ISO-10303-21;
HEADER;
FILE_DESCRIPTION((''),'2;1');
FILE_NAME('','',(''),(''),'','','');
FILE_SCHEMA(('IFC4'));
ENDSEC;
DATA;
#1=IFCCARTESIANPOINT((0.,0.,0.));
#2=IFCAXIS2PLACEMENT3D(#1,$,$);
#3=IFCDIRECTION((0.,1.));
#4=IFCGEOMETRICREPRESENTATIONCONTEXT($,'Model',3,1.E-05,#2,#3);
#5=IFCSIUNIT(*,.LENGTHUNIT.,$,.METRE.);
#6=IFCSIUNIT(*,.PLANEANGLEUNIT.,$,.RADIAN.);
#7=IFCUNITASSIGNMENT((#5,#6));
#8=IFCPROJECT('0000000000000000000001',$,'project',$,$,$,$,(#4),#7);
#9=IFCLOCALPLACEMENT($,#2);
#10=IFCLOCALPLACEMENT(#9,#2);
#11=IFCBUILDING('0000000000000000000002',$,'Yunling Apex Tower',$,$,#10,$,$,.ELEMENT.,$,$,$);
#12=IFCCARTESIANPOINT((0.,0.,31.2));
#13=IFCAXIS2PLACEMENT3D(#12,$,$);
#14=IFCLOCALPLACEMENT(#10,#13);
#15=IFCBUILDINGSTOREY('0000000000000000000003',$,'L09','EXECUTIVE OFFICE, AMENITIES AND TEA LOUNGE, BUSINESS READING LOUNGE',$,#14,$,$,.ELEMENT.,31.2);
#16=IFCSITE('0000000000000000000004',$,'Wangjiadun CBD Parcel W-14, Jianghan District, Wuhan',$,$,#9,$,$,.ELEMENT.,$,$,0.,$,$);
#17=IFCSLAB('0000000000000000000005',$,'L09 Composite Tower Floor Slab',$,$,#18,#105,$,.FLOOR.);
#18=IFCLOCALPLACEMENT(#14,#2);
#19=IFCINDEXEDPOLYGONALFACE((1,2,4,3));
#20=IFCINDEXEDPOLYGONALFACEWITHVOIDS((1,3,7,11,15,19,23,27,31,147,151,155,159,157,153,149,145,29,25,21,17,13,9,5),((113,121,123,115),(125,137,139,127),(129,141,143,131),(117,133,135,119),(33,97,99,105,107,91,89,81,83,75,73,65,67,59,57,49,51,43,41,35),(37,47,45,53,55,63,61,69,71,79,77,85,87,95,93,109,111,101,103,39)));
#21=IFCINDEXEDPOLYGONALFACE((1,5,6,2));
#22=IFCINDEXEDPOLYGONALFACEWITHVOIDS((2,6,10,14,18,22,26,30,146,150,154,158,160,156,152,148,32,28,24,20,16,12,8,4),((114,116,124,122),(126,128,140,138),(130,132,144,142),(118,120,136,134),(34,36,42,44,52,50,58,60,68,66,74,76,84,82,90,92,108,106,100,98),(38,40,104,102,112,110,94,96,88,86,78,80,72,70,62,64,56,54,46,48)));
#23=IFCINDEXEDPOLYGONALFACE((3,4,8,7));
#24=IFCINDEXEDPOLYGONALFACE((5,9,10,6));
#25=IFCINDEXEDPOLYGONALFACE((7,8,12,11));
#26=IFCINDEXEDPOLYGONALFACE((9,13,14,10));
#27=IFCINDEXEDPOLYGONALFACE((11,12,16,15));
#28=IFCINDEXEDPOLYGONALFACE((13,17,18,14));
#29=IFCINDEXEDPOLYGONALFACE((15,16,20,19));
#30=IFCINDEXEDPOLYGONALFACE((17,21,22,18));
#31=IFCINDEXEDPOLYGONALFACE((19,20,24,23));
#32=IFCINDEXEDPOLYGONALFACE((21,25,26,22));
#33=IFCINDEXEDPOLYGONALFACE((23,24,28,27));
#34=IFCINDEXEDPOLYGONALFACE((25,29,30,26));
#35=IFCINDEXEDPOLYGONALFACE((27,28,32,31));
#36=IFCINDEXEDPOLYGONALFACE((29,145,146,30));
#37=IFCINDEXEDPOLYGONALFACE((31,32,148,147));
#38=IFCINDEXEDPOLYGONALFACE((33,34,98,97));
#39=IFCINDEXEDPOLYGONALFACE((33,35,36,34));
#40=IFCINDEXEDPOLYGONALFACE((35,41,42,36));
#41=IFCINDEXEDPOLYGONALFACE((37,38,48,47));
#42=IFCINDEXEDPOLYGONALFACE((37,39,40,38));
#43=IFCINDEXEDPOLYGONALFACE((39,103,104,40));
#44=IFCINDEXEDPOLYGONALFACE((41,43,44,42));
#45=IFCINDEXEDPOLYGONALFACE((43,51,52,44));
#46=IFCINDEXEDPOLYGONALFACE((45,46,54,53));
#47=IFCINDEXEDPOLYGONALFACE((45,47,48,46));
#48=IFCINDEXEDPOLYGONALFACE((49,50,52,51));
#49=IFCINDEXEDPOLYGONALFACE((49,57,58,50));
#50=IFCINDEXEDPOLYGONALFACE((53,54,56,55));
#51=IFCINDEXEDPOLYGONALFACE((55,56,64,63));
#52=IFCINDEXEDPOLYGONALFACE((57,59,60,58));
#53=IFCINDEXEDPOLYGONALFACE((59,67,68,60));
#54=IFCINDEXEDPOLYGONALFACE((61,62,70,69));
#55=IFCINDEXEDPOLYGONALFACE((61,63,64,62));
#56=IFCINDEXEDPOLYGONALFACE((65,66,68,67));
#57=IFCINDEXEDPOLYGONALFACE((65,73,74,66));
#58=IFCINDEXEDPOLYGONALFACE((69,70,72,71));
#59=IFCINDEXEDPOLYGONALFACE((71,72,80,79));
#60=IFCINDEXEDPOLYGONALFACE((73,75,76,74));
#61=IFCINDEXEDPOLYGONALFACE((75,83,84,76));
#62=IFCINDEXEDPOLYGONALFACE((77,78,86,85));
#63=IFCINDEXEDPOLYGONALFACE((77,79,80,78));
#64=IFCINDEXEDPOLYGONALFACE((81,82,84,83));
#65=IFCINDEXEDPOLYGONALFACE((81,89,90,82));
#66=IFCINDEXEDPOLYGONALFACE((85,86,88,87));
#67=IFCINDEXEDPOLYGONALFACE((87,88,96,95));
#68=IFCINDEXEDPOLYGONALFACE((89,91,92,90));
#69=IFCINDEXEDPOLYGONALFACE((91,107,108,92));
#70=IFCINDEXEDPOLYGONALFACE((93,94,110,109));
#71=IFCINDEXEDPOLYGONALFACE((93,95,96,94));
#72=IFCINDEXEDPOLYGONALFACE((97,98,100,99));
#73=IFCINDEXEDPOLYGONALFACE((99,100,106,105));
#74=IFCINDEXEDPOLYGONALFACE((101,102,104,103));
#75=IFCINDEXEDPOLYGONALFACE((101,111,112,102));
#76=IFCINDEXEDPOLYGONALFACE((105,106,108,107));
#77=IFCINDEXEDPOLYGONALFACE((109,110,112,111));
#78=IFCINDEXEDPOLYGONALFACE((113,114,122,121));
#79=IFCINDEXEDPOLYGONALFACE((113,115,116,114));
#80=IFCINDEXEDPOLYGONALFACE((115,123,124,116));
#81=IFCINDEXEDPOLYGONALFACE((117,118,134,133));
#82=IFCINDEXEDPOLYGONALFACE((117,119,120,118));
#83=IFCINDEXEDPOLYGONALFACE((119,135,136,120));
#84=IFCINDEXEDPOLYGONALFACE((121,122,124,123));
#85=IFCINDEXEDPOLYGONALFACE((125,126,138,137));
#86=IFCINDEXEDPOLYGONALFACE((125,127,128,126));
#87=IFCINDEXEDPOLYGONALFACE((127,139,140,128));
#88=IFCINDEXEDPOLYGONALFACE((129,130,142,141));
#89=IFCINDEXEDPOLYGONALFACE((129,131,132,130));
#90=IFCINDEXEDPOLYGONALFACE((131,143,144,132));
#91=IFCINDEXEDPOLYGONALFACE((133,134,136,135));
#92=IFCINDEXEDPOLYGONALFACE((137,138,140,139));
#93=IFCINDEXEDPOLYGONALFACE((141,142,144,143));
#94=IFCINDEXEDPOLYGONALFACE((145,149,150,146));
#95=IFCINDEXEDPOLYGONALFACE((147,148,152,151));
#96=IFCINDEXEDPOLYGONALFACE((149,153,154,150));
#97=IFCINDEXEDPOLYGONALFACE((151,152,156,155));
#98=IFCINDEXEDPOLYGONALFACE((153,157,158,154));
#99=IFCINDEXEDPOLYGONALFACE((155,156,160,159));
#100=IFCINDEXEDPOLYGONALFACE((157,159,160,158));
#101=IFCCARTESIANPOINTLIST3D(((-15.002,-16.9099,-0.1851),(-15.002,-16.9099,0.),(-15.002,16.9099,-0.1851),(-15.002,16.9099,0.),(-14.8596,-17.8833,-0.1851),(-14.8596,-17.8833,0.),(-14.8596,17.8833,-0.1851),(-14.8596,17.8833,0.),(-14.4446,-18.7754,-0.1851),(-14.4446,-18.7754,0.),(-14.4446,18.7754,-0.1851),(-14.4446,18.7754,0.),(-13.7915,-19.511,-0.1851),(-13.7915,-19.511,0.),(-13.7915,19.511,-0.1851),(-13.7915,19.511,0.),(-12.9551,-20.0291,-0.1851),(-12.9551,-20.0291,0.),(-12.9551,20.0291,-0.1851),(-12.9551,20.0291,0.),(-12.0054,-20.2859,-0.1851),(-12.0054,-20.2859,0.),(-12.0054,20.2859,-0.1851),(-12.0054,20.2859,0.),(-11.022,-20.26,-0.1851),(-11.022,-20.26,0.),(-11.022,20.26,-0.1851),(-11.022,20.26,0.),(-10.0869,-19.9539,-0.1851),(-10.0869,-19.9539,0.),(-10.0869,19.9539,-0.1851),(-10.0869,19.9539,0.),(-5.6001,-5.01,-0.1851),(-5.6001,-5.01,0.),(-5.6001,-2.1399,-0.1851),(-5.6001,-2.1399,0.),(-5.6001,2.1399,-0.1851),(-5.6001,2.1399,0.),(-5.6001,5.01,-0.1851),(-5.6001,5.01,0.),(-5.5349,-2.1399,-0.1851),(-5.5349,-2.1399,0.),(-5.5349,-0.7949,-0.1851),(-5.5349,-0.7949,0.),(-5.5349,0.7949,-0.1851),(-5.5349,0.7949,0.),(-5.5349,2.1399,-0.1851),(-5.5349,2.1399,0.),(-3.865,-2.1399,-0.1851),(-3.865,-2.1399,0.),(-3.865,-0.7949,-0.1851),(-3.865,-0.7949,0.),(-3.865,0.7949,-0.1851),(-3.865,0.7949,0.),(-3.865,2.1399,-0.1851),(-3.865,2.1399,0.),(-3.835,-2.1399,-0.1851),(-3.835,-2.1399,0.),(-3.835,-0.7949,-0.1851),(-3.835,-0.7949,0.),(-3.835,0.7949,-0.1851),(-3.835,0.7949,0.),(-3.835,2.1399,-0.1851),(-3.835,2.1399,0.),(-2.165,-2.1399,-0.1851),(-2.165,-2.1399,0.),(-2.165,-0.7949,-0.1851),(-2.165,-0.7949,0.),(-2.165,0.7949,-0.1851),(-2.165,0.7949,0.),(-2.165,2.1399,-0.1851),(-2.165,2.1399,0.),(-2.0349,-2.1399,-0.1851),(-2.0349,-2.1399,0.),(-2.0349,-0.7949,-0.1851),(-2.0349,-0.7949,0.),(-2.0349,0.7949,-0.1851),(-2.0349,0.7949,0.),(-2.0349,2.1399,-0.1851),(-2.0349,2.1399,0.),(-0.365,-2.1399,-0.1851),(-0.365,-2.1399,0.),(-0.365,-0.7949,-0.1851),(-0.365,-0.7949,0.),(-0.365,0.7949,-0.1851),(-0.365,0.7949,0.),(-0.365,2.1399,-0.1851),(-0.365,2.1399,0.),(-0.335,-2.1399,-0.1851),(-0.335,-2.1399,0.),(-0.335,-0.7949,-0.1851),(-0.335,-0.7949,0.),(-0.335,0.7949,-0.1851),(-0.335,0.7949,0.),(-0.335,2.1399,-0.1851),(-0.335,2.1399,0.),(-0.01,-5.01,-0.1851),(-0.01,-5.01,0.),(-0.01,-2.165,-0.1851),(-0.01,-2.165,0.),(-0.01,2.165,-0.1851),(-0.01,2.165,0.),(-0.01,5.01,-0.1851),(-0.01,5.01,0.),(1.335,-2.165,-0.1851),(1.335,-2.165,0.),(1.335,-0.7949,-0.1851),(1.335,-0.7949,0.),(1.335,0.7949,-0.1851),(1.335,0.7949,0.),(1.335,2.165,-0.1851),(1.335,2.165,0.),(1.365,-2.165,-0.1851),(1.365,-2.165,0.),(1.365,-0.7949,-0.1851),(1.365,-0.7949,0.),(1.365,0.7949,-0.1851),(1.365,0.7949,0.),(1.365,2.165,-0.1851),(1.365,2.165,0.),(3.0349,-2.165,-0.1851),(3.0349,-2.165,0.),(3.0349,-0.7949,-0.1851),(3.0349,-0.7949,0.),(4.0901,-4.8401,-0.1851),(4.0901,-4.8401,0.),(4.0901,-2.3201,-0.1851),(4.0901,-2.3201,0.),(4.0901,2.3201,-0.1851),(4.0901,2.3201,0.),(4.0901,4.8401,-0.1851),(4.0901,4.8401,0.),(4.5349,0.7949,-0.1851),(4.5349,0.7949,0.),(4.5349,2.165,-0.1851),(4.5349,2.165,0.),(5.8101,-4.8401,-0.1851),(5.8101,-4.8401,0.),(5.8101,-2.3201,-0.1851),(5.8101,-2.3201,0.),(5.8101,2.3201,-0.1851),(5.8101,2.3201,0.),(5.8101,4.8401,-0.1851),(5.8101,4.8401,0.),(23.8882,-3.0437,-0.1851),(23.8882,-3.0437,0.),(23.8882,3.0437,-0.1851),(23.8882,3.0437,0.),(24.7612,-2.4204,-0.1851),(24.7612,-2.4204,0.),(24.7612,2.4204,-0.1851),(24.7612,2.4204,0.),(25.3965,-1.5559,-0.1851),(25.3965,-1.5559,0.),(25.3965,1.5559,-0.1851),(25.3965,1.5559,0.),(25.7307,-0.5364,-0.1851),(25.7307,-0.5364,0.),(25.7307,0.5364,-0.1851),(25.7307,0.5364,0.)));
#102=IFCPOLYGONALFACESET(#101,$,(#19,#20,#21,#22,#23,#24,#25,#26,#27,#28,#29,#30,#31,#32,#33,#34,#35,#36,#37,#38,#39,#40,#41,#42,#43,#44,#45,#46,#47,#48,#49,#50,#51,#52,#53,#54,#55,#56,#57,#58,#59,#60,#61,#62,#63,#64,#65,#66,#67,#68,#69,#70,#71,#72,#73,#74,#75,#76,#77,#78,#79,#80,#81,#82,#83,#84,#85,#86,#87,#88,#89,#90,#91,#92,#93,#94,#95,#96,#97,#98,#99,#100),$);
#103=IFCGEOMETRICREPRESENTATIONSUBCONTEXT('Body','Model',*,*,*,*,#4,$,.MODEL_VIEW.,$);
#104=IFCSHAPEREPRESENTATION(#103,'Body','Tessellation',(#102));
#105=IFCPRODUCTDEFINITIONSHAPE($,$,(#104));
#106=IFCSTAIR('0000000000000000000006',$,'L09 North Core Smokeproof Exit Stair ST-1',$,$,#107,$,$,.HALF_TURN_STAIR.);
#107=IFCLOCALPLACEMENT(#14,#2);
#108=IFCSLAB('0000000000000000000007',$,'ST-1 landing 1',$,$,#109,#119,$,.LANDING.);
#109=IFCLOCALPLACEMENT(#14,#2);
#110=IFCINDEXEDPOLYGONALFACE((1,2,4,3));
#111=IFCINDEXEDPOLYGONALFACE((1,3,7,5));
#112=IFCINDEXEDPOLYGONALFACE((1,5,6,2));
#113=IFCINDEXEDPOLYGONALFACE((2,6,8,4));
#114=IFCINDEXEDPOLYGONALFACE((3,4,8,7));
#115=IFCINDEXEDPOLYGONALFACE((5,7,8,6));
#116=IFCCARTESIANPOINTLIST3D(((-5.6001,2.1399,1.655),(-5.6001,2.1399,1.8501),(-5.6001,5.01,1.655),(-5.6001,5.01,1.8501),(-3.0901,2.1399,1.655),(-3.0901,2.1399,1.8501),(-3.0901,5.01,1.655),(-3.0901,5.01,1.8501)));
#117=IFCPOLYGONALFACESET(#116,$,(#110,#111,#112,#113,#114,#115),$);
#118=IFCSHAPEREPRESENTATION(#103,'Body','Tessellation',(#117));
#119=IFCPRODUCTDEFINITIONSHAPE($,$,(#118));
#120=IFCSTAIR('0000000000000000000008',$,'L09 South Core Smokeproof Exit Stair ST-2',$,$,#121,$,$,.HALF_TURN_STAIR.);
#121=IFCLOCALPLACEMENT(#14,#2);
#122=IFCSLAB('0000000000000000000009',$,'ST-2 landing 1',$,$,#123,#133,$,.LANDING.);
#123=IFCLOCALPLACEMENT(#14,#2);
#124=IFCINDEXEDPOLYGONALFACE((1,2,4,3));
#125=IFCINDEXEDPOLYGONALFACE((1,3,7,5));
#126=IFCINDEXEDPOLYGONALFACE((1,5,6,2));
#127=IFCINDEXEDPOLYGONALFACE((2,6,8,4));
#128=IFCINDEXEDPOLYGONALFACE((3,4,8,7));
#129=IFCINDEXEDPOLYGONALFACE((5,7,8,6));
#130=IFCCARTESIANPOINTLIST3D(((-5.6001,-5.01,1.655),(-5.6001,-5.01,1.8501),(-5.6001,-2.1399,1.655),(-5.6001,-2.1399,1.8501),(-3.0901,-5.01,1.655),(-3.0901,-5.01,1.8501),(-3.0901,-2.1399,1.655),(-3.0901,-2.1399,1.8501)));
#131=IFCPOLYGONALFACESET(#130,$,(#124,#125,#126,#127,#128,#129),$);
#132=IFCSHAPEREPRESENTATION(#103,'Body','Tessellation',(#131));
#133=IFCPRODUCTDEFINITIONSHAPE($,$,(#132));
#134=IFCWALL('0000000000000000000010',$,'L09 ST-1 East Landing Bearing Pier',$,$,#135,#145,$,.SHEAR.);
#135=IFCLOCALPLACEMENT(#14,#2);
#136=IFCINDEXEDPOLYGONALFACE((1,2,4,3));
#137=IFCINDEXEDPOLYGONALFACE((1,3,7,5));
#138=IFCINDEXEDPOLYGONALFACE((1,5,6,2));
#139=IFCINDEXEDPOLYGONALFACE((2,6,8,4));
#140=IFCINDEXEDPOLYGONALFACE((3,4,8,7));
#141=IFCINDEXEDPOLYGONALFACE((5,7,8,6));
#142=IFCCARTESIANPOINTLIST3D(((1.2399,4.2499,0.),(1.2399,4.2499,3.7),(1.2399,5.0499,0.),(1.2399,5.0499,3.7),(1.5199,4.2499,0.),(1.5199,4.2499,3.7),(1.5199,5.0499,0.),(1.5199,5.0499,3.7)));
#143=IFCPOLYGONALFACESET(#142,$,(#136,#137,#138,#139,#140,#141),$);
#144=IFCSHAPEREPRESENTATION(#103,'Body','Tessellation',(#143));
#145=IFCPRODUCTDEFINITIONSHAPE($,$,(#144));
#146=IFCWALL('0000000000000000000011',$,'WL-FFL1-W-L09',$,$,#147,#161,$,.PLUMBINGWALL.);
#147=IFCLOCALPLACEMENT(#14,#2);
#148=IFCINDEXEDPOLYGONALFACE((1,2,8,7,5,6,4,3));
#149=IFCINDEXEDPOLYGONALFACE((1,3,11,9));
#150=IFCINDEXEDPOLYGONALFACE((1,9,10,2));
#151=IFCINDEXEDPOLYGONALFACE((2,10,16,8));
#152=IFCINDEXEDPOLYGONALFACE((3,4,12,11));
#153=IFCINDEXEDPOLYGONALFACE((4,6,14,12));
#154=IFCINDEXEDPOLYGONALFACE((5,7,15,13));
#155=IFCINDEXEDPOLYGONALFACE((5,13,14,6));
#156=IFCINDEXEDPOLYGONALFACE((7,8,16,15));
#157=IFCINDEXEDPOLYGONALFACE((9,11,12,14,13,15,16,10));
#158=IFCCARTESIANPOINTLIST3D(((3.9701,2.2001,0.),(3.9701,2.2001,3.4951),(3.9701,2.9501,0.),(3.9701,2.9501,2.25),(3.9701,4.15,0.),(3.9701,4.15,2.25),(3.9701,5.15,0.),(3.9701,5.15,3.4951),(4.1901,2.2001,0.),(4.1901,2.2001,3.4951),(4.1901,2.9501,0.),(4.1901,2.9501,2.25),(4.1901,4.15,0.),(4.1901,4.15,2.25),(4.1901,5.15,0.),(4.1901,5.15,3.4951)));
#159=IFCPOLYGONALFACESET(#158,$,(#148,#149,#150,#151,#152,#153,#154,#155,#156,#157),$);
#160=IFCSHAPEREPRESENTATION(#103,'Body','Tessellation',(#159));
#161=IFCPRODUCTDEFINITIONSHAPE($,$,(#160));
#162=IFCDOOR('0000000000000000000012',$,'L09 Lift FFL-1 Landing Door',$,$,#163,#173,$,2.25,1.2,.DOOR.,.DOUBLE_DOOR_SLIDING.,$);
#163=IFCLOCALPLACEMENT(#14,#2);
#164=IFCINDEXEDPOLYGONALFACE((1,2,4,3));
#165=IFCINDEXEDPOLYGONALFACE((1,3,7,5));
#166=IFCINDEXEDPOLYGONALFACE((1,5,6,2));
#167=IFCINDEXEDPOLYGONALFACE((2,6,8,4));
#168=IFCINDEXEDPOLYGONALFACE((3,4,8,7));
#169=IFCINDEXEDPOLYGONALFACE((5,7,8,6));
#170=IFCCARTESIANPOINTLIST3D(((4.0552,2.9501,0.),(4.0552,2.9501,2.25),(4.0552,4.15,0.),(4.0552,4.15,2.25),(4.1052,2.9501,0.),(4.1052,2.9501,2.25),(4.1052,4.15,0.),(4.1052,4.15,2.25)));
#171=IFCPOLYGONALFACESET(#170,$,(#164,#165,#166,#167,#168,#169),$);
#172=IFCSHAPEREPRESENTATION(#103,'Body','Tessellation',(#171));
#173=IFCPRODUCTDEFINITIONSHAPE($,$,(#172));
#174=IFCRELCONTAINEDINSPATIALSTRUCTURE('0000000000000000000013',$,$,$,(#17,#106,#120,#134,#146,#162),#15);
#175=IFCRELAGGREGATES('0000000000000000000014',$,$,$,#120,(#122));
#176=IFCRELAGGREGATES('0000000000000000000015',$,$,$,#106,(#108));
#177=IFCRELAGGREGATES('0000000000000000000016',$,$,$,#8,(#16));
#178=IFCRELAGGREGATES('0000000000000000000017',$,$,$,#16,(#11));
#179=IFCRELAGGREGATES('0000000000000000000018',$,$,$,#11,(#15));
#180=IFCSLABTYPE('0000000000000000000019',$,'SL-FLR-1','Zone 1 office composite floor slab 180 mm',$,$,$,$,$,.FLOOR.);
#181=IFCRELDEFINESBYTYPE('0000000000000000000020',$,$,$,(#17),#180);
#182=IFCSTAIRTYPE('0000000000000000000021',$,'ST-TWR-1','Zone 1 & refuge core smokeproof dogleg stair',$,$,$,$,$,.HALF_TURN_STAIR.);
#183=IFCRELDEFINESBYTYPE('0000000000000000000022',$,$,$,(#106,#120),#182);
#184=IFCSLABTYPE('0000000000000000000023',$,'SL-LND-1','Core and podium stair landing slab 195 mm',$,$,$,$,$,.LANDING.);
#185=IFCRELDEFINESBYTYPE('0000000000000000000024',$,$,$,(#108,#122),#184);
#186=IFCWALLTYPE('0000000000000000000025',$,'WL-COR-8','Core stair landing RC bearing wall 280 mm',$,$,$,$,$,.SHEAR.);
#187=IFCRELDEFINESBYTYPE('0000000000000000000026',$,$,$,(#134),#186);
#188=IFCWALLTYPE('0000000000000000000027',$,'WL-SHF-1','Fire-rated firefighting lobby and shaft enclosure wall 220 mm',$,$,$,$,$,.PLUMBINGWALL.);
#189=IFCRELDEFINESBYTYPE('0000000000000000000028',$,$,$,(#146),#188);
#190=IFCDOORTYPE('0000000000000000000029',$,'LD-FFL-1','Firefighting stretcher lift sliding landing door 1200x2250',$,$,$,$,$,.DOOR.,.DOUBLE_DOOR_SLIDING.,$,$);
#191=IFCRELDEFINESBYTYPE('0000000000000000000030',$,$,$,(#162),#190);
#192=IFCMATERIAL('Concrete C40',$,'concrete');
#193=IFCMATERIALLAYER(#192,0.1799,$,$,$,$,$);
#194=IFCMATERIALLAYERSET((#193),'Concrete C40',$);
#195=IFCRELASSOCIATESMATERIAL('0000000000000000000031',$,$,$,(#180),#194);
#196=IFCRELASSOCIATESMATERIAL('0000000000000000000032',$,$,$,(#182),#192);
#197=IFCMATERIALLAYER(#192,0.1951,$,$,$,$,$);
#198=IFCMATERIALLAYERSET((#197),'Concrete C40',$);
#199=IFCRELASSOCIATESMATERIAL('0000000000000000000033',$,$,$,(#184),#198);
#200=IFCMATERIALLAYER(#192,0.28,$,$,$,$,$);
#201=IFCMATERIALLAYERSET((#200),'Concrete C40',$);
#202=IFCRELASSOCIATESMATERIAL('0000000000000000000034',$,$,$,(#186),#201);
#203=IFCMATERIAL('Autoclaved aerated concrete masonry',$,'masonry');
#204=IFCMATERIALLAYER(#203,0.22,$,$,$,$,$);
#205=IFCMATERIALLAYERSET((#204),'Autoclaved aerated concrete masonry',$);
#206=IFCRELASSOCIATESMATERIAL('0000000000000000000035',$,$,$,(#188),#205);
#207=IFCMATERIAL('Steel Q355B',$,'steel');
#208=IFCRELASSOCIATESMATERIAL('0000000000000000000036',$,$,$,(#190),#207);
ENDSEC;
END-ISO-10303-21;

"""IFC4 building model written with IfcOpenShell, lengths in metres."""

from ifc_helpers import new_model, si_unit, direction, frame, frame_2d, origin, place, context, subcontext, project, spatial, polyline, rectangle, outline, extrude, material, layer, layer_set, type_object, element, fill, aggregate, save


model = new_model("IFC4")

# Units and contexts
model_context = context("Model", 3, precision=1e-05, world=origin(), true_north=direction((0.0, 1.0)))
body_context = subcontext(model_context, "Body", "Model", "MODEL_VIEW")
ifc_project = project(units=[si_unit("LENGTHUNIT", "METRE"), si_unit("PLANEANGLEUNIT", "RADIAN")], contexts=[model_context])

# Site, building, storey
site_placement = place(None, origin())
site = spatial("IfcSite", under=ifc_project, at=site_placement, Name="Wangjiadun CBD Parcel W-14, Jianghan District, Wuhan", CompositionType="ELEMENT", RefElevation=0.0)
building_placement = place(site_placement, origin())
building = spatial("IfcBuilding", under=site, at=building_placement, Name="Yunling Apex Tower", CompositionType="ELEMENT")
storey_placement = place(building_placement, frame((0.0, 0.0, 31.2)))
storey = spatial("IfcBuildingStorey", under=building, at=storey_placement, Name="L09", Description="EXECUTIVE OFFICE, AMENITIES AND TEA LOUNGE, BUSINESS READING LOUNGE", CompositionType="ELEMENT", Elevation=31.2)

# Slab
ifc_material_1 = material(Name="Concrete C40", Category="concrete")
ifc_layer_1 = layer(ifc_material_1, 0.1799)
ifc_layer_set_1 = layer_set([ifc_layer_1], Name="Concrete C40")
slab_type_1 = type_object("IfcSlabType", Name="SL-FLR-1", Description="Zone 1 office composite floor slab 180 mm", PredefinedType="FLOOR", material=ifc_layer_set_1)
slab_1_placement = place(storey_placement, frame((0.0, 0.0, -0.1851)))
element("IfcSlab", 1, at=slab_1_placement, inside=storey, type_object=slab_type_1, Name="L09 Composite Tower Floor Slab", PredefinedType="FLOOR", context=body_context, shape_type="SweptSolid", body=[
    extrude(outline(polyline([(-15.002, -16.9099), (-14.8596, -17.8833), (-14.4446, -18.7754), (-13.7915, -19.511), (-12.9551, -20.0291), (-12.0054, -20.2859), (-11.022, -20.26), (-10.0869, -19.9539), (23.8882, -3.0437), (24.7612, -2.4204), (25.3965, -1.5559), (25.7307, -0.5364), (25.7307, 0.5364), (25.3965, 1.5559), (24.7612, 2.4204), (23.8882, 3.0437), (-10.0869, 19.9539), (-11.022, 20.26), (-12.0054, 20.2859), (-12.9551, 20.0291), (-13.7915, 19.511), (-14.4446, 18.7754), (-14.8596, 17.8833), (-15.002, 16.9099), (-15.002, -16.9099)]), holes=[polyline([(5.8101, -2.3201), (5.8101, -4.8401), (4.0901, -4.8401), (4.0901, -2.3201), (5.8101, -2.3201)]), polyline([(5.8101, 4.8401), (5.8101, 2.3201), (4.0901, 2.3201), (4.0901, 4.8401), (5.8101, 4.8401)]), polyline([(1.365, 2.165), (4.5349, 2.165), (4.5349, 0.7949), (1.365, 0.7949), (1.365, 2.165)]), polyline([(3.0349, -0.7949), (3.0349, -2.165), (1.365, -2.165), (1.365, -0.7949), (3.0349, -0.7949)]), polyline([(-5.5349, -0.7949), (-3.865, -0.7949), (-3.865, -2.1399), (-3.835, -2.1399), (-3.835, -0.7949), (-2.165, -0.7949), (-2.165, -2.1399), (-2.0349, -2.1399), (-2.0349, -0.7949), (-0.365, -0.7949), (-0.365, -2.1399), (-0.335, -2.1399), (-0.335, -0.7949), (1.335, -0.7949), (1.335, -2.165), (-0.01, -2.165), (-0.01, -5.01), (-5.6001, -5.01), (-5.6001, -2.1399), (-5.5349, -2.1399), (-5.5349, -0.7949)]), polyline([(-5.6001, 2.1399), (-5.6001, 5.01), (-0.01, 5.01), (-0.01, 2.165), (1.335, 2.165), (1.335, 0.7949), (-0.335, 0.7949), (-0.335, 2.1399), (-0.365, 2.1399), (-0.365, 0.7949), (-2.0349, 0.7949), (-2.0349, 2.1399), (-2.165, 2.1399), (-2.165, 0.7949), (-3.835, 0.7949), (-3.835, 2.1399), (-3.865, 2.1399), (-3.865, 0.7949), (-5.5349, 0.7949), (-5.5349, 2.1399), (-5.6001, 2.1399)])]), origin(), (0.0, 0.0, 1.0), 0.1851),
])

# Stairs, slabs
stair_type = type_object("IfcStairType", Name="ST-TWR-1", Description="Zone 1 & refuge core smokeproof dogleg stair", PredefinedType="HALF_TURN_STAIR", material=ifc_material_1)
stair_1_placement = place(storey_placement, origin())
stair_1 = element("IfcStair", 2, at=stair_1_placement, inside=storey, type_object=stair_type, Name="L09 North Core Smokeproof Exit Stair ST-1", PredefinedType="HALF_TURN_STAIR")
ifc_layer_2 = layer(ifc_material_1, 0.1951)
ifc_layer_set_2 = layer_set([ifc_layer_2], Name="Concrete C40")
slab_type_2 = type_object("IfcSlabType", Name="SL-LND-1", Description="Core and podium stair landing slab 195 mm", PredefinedType="LANDING", material=ifc_layer_set_2)
slab_2_placement = place(storey_placement, frame((0.0, 0.0, 1.655)))
slab_2 = element("IfcSlab", 3, at=slab_2_placement, type_object=slab_type_2, Name="ST-1 landing 1", PredefinedType="LANDING", context=body_context, shape_type="SweptSolid", body=[
    extrude(outline(polyline([(-3.0901, 5.01), (-5.6001, 5.01), (-5.6001, 2.1399), (-3.0901, 2.1399), (-3.0901, 5.01)])), origin(), (0.0, 0.0, 1.0), 0.1951),
])
stair_2_placement = place(storey_placement, origin())
stair_2 = element("IfcStair", 4, at=stair_2_placement, inside=storey, type_object=stair_type, Name="L09 South Core Smokeproof Exit Stair ST-2", PredefinedType="HALF_TURN_STAIR")
slab_3_placement = place(storey_placement, frame((0.0, 0.0, 1.655)))
slab_3 = element("IfcSlab", 5, at=slab_3_placement, type_object=slab_type_2, Name="ST-2 landing 1", PredefinedType="LANDING", context=body_context, shape_type="SweptSolid", body=[
    extrude(outline(polyline([(-3.0901, -2.1399), (-5.6001, -2.1399), (-5.6001, -5.01), (-3.0901, -5.01), (-3.0901, -2.1399)])), origin(), (0.0, 0.0, 1.0), 0.1951),
])
aggregate(stair_2, [slab_3])

# Wall
ifc_layer_3 = layer(ifc_material_1, 0.28)
ifc_layer_set_3 = layer_set([ifc_layer_3], Name="Concrete C40")
wall_type_1 = type_object("IfcWallType", Name="WL-COR-8", Description="Core stair landing RC bearing wall 280 mm", PredefinedType="SHEAR", material=ifc_layer_set_3)
wall_1_placement = place(storey_placement, frame((1.3799, 4.25, 0.0), z_axis=(0.0, 0.0, 1.0), x_axis=(0.0, 1.0, 0.0)))
element("IfcWall", 6, at=wall_1_placement, inside=storey, type_object=wall_type_1, Name="L09 ST-1 East Landing Bearing Pier", PredefinedType="SHEAR", context=body_context, shape_type="SweptSolid", body=[
    extrude(rectangle(XDim=0.8, YDim=0.28, at=frame_2d((0.3999, 0.0))), origin(), (0.0, 0.0, 1.0), 3.7),
])

# Wall, opening, door
ifc_material_2 = material(Name="Autoclaved aerated concrete masonry", Category="masonry")
ifc_layer_4 = layer(ifc_material_2, 0.22)
ifc_layer_set_4 = layer_set([ifc_layer_4], Name="Autoclaved aerated concrete masonry")
wall_type_2 = type_object("IfcWallType", Name="WL-SHF-1", Description="Fire-rated firefighting lobby and shaft enclosure wall 220 mm", PredefinedType="PLUMBINGWALL", material=ifc_layer_set_4)
ifc_material_3 = material(Name="Steel Q355B", Category="steel")
wall_2_placement = place(storey_placement, frame((4.0801, 2.2, 0.0), z_axis=(0.0, 0.0, 1.0), x_axis=(0.0, 1.0, 0.0)))
wall_2 = element("IfcWall", 7, at=wall_2_placement, inside=storey, type_object=wall_type_2, Name="WL-FFL1-W-L09", PredefinedType="PLUMBINGWALL", context=body_context, shape_type="SweptSolid", body=[
    extrude(rectangle(XDim=2.95, YDim=0.22, at=frame_2d((1.4751, 0.0))), origin(), (0.0, 0.0, 1.0), 3.4951),
])
opening_1_placement = place(wall_2_placement, frame((0.75, 0.0, 0.0)))
opening_1 = element("IfcOpeningElement", 8, at=opening_1_placement, cuts=wall_2, PredefinedType="OPENING", context=body_context, shape_type="SweptSolid", body=[
    extrude(rectangle(XDim=1.2, YDim=2.25, at=frame_2d((0.6001, 1.125))), frame((0.0, 0.1201, 0.0), z_axis=(0.0, -1.0, 0.0), x_axis=(1.0, 0.0, 0.0)), (0.0, 0.0, 1.0), 0.24),
])
door_type_1 = type_object("IfcDoorType", Name="LD-FFL-1", Description="Firefighting stretcher lift sliding landing door 1200x2250", OperationType="DOUBLE_DOOR_SLIDING", PredefinedType="DOOR", material=ifc_material_3)
door_1_placement = place(opening_1_placement, origin())
door_1 = element("IfcDoor", 9, at=door_1_placement, inside=storey, type_object=door_type_1, Name="L09 Lift FFL-1 Landing Door", OperationType="DOUBLE_DOOR_SLIDING", OverallHeight=2.25, OverallWidth=1.2, PredefinedType="DOOR", context=body_context, shape_type="SweptSolid", body=[
    extrude(rectangle(XDim=1.2, YDim=2.25, at=frame_2d((0.6001, 1.125))), frame((0.0, 0.0249, 0.0), z_axis=(0.0, -1.0, 0.0), x_axis=(1.0, 0.0, 0.0)), (0.0, 0.0, 1.0), 0.05),
])
fill(opening_1, door_1)

aggregate(stair_1, [slab_2])

save(model, "model.ifc")
